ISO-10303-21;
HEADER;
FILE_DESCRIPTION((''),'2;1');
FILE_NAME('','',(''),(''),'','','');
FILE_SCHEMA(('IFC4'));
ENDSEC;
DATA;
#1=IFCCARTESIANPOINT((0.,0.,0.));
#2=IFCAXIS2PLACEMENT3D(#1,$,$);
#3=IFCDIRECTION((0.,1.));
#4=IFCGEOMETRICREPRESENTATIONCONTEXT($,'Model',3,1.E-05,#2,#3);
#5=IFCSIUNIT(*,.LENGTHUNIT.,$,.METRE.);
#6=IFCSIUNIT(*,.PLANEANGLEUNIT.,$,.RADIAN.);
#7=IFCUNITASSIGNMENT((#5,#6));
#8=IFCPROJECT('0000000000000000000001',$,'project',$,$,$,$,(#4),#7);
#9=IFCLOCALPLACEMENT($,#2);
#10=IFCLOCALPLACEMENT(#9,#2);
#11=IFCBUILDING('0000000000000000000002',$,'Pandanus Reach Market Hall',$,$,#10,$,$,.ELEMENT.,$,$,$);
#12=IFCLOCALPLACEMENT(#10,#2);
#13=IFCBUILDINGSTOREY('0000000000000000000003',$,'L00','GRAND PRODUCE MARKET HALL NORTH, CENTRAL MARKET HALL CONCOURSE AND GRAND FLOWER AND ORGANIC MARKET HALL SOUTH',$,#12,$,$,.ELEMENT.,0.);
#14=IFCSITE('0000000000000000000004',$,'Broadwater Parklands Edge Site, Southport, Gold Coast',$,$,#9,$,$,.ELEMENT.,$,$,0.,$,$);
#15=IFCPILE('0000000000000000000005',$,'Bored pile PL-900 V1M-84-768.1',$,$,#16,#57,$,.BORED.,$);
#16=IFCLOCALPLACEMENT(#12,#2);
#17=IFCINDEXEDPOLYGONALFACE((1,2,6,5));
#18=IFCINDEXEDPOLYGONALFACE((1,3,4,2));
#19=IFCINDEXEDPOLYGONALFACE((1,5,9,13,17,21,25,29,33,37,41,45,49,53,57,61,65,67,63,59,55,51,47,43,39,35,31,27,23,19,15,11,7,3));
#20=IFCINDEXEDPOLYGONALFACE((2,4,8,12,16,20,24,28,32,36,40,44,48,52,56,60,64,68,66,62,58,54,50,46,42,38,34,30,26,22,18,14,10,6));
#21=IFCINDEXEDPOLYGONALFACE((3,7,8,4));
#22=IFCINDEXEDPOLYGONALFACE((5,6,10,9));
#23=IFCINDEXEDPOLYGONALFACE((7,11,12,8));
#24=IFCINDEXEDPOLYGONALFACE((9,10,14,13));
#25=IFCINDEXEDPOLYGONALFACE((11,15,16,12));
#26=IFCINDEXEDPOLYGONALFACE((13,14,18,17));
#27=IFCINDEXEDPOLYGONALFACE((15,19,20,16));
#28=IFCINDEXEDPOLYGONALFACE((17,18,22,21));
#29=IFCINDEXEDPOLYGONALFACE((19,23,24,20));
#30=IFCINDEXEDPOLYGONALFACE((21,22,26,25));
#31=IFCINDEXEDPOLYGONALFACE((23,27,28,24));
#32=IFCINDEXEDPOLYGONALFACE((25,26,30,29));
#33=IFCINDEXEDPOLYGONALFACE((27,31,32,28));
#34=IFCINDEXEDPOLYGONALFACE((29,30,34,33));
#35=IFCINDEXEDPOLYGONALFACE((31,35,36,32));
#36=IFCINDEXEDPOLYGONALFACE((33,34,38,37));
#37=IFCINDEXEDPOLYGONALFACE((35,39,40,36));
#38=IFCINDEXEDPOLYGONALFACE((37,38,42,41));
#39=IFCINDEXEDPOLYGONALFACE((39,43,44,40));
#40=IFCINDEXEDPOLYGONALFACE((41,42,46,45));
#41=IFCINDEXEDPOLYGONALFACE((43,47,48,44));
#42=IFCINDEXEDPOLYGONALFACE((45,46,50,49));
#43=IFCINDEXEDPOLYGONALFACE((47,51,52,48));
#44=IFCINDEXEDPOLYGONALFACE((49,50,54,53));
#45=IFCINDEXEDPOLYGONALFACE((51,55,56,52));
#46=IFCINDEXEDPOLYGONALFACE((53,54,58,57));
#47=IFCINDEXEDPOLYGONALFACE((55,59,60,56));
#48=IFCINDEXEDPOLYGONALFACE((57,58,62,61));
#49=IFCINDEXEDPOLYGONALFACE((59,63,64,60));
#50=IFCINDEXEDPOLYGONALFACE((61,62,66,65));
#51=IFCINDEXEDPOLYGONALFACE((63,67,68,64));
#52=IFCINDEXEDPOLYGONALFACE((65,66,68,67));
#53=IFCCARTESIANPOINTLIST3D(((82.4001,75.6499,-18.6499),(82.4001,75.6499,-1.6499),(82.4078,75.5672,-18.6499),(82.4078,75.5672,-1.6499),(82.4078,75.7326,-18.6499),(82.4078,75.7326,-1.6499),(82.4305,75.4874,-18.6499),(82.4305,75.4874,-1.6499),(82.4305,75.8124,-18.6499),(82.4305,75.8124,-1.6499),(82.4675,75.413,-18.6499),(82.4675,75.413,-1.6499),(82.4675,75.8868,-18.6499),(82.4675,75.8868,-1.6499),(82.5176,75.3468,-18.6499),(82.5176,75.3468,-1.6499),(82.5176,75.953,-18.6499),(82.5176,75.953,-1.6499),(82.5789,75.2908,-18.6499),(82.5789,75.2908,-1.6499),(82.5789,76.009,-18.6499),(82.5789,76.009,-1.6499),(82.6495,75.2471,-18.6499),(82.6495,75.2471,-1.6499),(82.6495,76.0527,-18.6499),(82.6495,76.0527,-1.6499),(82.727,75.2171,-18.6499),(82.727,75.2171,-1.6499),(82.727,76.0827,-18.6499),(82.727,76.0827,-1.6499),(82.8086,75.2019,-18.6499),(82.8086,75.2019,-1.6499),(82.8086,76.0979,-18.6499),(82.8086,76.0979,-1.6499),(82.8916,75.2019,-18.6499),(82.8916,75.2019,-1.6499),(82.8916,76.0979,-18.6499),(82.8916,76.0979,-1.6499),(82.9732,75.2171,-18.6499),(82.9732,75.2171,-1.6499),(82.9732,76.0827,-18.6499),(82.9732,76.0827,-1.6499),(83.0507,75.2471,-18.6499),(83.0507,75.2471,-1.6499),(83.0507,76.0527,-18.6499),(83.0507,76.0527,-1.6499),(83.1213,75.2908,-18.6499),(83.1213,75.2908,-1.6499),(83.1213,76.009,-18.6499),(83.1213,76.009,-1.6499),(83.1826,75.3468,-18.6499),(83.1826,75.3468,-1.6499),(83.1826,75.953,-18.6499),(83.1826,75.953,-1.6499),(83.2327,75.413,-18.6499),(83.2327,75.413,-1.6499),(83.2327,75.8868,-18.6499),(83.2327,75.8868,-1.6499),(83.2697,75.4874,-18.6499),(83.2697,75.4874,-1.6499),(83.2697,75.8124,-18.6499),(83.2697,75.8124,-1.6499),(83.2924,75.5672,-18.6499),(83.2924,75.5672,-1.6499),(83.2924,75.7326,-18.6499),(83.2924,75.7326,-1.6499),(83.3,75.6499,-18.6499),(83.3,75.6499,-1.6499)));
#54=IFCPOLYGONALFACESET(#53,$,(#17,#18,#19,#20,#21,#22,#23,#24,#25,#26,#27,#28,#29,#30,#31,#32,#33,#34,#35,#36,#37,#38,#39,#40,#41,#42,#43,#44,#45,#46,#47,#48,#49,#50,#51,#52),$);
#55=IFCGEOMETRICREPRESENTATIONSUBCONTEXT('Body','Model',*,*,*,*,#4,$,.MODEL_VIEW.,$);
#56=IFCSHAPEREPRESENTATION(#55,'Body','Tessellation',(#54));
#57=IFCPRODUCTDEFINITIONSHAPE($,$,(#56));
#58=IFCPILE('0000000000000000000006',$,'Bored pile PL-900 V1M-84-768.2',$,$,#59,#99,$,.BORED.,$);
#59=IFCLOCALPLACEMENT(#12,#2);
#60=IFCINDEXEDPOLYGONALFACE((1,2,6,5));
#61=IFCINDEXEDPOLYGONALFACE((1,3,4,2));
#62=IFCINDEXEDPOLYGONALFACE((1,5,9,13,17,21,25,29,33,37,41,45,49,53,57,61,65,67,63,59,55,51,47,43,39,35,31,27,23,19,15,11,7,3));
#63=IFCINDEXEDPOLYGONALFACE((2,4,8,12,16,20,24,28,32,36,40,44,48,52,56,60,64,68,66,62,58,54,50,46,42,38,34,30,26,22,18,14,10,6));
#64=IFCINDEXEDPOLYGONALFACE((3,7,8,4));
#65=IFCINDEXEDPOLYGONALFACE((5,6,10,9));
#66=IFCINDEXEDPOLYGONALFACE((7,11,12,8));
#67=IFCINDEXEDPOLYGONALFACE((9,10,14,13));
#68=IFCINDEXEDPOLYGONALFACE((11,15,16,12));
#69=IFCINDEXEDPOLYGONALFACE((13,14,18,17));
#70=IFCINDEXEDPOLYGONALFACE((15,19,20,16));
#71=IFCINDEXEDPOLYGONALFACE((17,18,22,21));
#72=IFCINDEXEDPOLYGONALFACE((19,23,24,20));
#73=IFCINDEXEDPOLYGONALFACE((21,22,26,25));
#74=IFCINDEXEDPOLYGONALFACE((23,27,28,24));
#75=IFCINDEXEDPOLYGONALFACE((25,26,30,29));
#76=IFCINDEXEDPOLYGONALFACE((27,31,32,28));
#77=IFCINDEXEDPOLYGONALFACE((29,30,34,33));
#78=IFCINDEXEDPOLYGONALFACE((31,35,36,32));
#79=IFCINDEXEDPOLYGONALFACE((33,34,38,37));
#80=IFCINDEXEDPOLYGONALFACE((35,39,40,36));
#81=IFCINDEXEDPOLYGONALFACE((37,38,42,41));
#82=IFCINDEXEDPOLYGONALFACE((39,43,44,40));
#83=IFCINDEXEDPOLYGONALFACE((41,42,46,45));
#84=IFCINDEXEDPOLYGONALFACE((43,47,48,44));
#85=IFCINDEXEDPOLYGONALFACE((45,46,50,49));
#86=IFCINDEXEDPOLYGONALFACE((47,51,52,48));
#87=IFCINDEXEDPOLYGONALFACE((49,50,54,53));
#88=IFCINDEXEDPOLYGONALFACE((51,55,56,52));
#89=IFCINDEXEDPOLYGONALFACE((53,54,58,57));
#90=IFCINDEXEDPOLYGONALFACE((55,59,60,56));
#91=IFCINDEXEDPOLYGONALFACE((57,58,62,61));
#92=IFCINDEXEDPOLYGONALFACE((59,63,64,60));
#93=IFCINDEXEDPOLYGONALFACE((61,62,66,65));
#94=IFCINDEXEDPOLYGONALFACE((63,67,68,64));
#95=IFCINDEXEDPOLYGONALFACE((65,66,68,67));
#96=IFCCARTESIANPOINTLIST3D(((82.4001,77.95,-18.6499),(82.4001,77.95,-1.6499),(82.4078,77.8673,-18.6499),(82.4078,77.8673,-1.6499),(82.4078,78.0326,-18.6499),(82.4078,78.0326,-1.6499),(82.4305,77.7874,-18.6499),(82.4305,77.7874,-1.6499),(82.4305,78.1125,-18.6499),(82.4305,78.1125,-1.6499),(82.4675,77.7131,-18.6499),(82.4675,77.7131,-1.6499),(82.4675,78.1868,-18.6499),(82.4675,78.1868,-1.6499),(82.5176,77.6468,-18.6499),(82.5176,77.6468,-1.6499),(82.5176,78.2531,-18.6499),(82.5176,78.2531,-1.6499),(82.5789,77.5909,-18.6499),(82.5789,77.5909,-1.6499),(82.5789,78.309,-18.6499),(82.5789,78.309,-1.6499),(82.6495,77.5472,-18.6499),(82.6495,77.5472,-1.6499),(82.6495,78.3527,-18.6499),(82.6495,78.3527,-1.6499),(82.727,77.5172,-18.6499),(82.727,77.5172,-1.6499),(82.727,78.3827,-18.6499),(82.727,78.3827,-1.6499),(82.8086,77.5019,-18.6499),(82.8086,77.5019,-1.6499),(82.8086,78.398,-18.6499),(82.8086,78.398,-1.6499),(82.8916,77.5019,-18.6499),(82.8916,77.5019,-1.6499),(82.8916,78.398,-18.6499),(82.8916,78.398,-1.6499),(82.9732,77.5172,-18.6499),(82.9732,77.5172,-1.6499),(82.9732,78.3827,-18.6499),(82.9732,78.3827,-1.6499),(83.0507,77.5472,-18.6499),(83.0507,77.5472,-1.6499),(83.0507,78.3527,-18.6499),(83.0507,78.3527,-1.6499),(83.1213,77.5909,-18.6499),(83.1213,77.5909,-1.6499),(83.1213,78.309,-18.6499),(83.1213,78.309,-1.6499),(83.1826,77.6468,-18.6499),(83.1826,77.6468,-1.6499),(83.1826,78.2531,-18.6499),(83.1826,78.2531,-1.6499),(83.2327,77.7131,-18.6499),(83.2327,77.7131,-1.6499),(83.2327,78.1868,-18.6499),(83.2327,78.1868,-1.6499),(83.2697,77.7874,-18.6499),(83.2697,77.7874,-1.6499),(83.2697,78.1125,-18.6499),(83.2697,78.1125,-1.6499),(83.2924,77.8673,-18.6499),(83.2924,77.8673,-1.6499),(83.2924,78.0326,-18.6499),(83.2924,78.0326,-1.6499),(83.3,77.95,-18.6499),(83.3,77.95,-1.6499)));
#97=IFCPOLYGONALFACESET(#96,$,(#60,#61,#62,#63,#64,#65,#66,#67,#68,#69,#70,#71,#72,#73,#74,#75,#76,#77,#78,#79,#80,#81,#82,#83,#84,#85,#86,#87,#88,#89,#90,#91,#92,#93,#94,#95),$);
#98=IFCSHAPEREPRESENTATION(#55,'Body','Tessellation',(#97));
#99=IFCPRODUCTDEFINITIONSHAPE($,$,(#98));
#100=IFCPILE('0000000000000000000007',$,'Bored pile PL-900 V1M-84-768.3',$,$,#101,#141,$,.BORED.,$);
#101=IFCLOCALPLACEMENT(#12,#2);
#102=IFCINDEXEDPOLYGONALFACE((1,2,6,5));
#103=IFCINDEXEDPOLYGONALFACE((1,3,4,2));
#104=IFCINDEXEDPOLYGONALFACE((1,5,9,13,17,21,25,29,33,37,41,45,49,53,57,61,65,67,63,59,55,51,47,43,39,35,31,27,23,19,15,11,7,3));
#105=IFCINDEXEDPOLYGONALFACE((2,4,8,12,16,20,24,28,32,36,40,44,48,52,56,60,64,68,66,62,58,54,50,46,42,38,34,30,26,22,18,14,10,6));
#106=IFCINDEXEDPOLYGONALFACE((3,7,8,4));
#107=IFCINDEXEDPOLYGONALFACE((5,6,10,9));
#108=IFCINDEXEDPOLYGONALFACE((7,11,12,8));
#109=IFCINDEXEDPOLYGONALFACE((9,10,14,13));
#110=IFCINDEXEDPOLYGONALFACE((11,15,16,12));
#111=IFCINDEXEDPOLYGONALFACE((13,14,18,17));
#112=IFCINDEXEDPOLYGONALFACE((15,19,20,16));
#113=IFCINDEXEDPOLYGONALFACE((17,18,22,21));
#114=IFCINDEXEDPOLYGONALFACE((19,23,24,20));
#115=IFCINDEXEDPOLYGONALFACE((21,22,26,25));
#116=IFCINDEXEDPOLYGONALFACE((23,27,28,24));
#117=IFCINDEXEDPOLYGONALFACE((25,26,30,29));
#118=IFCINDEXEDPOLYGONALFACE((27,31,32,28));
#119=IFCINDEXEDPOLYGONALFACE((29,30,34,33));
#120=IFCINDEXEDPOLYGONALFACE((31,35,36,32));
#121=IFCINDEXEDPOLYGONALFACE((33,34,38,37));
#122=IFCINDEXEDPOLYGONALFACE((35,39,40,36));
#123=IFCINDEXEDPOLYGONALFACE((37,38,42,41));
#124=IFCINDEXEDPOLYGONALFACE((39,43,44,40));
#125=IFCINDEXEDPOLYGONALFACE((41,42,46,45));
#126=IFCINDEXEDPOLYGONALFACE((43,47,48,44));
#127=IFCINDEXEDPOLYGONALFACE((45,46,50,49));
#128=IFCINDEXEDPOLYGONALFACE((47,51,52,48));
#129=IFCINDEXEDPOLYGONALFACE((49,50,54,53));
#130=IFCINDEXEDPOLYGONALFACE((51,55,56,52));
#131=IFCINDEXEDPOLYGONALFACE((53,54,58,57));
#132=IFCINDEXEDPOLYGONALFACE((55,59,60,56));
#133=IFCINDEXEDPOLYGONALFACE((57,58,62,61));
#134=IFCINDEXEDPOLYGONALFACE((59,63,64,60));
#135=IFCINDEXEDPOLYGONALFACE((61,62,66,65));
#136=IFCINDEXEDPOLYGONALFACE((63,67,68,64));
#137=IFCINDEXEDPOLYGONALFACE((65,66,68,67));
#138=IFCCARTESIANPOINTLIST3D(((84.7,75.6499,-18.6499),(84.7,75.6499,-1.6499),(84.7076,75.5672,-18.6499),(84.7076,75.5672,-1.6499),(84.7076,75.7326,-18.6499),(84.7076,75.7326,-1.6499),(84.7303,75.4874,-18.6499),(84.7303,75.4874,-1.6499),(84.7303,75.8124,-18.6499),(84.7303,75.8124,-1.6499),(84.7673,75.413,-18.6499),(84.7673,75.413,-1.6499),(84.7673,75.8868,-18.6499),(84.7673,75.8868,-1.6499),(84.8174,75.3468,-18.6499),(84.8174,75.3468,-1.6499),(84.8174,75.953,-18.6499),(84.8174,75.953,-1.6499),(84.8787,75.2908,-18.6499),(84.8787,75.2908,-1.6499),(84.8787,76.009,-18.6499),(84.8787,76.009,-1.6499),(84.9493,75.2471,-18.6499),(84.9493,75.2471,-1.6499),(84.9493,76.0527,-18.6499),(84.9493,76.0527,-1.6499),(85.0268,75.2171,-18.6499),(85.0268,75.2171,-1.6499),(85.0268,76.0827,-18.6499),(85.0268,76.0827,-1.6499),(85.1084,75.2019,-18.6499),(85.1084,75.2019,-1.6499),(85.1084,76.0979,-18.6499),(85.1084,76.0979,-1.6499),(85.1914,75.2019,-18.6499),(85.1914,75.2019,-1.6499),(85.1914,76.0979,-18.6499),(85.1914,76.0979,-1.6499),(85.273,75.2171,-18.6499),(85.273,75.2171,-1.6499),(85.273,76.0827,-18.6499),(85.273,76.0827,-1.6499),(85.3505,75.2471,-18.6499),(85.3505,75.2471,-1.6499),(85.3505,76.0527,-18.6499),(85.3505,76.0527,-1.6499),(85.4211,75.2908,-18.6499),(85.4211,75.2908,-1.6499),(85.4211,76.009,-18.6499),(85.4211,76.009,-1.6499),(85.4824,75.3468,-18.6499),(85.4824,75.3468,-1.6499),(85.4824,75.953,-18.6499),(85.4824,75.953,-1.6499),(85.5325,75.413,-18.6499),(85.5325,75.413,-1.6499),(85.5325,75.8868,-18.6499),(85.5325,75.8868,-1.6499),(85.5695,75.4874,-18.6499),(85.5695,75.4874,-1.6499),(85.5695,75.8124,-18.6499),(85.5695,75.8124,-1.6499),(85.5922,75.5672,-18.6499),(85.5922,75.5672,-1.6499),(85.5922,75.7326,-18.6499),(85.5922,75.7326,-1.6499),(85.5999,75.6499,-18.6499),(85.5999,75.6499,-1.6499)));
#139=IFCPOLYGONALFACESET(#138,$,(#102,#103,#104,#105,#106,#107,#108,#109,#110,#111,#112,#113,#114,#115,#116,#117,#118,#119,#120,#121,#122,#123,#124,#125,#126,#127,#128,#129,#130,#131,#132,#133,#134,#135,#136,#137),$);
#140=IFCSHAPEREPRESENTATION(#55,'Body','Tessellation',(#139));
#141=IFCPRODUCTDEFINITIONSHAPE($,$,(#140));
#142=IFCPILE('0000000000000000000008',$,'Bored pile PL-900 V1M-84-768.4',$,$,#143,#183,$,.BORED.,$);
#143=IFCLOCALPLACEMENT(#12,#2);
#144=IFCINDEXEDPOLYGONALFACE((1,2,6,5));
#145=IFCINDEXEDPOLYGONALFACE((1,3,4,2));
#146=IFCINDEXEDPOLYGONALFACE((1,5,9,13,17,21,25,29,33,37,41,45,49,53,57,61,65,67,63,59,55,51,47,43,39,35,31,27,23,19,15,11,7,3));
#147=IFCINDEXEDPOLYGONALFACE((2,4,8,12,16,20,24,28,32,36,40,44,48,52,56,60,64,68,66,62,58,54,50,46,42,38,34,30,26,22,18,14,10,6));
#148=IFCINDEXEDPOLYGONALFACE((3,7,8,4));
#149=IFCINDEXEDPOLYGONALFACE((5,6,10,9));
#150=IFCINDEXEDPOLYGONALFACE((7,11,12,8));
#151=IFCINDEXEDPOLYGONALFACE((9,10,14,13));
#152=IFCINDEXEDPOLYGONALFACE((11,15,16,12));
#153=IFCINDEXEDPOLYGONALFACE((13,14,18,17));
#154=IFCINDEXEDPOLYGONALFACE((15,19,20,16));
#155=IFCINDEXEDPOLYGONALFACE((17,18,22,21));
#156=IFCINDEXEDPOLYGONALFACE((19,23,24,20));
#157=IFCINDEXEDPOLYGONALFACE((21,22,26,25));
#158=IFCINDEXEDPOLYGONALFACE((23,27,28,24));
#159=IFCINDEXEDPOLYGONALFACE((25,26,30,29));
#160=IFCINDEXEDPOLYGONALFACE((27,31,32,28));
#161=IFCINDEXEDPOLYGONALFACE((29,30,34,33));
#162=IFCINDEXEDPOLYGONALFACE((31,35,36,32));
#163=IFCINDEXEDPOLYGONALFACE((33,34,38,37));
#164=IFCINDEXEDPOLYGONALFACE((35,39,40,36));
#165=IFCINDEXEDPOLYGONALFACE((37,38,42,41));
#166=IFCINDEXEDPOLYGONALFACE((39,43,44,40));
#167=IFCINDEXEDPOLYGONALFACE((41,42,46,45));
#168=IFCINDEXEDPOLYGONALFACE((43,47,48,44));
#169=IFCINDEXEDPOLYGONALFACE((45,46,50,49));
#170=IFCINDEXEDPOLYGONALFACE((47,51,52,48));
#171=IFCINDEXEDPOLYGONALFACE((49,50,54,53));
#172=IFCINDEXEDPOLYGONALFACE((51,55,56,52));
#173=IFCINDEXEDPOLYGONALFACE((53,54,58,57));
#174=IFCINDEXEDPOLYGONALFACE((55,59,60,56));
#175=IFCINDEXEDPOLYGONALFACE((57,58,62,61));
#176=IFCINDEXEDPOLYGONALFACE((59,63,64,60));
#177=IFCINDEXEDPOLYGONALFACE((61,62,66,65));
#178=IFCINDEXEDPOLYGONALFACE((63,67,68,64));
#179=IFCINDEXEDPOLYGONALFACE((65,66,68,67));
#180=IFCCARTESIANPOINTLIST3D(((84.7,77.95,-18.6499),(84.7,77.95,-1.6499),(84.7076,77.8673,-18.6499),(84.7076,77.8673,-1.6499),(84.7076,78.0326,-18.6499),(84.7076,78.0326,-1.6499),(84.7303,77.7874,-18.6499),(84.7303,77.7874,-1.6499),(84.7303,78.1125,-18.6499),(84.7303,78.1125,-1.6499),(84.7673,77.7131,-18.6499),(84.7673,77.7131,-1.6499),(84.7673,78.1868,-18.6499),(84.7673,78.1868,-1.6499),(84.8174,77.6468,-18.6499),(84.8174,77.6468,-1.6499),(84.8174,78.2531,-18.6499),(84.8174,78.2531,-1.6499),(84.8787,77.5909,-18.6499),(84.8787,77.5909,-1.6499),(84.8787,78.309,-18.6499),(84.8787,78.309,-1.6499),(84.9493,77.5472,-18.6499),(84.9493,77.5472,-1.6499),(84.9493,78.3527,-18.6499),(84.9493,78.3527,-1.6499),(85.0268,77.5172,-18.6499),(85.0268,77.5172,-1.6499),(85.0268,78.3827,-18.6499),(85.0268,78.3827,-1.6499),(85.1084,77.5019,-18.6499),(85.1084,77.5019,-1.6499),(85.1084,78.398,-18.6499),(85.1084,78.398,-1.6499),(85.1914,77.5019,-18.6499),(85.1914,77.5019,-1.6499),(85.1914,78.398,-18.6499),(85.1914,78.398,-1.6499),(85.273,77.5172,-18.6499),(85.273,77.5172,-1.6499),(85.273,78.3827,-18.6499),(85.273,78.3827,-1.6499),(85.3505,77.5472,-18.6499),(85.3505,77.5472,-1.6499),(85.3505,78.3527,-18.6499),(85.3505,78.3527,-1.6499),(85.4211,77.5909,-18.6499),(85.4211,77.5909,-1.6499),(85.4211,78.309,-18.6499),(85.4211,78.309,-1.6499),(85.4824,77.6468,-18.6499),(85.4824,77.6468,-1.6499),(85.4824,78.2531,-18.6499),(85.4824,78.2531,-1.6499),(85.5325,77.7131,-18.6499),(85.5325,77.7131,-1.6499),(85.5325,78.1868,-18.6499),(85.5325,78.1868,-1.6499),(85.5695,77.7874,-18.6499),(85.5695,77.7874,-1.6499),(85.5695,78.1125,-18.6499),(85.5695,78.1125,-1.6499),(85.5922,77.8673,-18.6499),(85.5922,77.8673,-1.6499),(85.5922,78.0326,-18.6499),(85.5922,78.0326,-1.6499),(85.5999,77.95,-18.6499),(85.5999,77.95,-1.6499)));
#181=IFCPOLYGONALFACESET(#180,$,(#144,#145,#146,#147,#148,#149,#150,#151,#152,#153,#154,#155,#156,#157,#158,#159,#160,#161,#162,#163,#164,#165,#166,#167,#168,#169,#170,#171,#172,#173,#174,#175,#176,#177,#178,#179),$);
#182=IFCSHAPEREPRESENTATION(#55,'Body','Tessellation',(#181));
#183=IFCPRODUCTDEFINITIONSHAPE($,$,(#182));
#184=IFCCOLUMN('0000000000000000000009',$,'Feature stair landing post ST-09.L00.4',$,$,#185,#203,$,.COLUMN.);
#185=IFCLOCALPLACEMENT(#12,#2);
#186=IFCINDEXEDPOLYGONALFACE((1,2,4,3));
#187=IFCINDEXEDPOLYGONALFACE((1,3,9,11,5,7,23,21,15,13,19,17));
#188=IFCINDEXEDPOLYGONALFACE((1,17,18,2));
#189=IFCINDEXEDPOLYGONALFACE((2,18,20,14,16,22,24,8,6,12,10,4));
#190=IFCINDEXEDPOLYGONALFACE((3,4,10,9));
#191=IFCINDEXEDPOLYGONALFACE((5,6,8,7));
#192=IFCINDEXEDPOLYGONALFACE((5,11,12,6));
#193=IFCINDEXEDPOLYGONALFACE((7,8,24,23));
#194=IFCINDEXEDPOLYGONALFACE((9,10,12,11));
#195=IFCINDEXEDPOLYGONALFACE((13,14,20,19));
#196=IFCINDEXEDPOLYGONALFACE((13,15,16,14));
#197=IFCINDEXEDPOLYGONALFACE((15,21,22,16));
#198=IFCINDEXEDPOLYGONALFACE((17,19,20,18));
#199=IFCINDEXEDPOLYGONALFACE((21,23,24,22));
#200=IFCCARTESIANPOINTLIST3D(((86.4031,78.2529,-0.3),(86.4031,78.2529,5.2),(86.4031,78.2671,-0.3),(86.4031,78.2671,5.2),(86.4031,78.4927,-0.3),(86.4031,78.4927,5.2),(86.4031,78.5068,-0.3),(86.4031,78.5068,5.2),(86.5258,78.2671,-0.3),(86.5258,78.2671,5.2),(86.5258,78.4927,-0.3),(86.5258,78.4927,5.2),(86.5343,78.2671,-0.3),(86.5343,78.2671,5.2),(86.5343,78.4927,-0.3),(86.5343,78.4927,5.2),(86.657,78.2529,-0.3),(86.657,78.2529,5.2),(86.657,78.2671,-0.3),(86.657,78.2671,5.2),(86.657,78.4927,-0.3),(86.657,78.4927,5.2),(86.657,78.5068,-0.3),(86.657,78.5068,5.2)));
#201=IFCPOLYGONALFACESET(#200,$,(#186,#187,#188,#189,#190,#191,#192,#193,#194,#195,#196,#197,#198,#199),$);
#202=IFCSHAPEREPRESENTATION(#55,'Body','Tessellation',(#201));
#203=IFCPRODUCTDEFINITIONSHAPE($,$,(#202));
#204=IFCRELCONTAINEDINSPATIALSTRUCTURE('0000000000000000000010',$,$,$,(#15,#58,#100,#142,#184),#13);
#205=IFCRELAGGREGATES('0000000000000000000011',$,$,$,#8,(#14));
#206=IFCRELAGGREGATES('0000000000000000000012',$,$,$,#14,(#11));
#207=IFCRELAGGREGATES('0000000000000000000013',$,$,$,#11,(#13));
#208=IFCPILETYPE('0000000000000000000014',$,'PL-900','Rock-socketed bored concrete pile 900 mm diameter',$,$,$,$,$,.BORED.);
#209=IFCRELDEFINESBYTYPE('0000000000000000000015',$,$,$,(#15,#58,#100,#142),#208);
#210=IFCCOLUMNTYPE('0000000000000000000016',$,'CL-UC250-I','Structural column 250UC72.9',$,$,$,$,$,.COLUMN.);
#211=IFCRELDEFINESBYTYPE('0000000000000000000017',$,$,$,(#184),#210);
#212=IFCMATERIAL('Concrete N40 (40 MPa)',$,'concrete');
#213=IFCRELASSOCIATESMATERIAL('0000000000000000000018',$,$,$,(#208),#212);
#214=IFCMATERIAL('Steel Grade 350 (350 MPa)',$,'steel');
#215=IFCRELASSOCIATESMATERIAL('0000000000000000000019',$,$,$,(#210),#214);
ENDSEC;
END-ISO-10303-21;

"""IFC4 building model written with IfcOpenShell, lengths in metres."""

from ifc_helpers import new_model, si_unit, direction, frame, origin, origin_2d, place, context, subcontext, project, spatial, circle, i_section, extrude, material, material_profile, profile_set, type_object, element, save


model = new_model("IFC4")

# Units and contexts
model_context = context("Model", 3, precision=1e-05, world=origin(), true_north=direction((0.0, 1.0)))
body_context = subcontext(model_context, "Body", "Model", "MODEL_VIEW")
ifc_project = project(units=[si_unit("LENGTHUNIT", "METRE"), si_unit("PLANEANGLEUNIT", "RADIAN")], contexts=[model_context])

# Site, building, storey
site_placement = place(None, origin())
site = spatial("IfcSite", under=ifc_project, at=site_placement, Name="Broadwater Parklands Edge Site, Southport, Gold Coast", CompositionType="ELEMENT", RefElevation=0.0)
building_placement = place(site_placement, origin())
building = spatial("IfcBuilding", under=site, at=building_placement, Name="Pandanus Reach Market Hall", CompositionType="ELEMENT")
storey_placement = place(building_placement, origin())
storey = spatial("IfcBuildingStorey", under=building, at=storey_placement, Name="L00", Description="GRAND PRODUCE MARKET HALL NORTH, CENTRAL MARKET HALL CONCOURSE AND GRAND FLOWER AND ORGANIC MARKET HALL SOUTH", CompositionType="ELEMENT", Elevation=0.0)

# Shared definitions
ifc_material_1 = material(Name="Concrete N40 (40 MPa)", Category="concrete")

# Piles
ifc_material_profile_1 = material_profile(ifc_material_1, circle(Radius=0.45, at=origin_2d()), Name="PILE-900D", Category="LoadBearing")
ifc_profile_set_1 = profile_set([ifc_material_profile_1], Name="Concrete N40 (40 MPa)")
pile_type_1 = type_object("IfcPileType", Name="PL-900", Description="Rock-socketed bored concrete pile 900 mm diameter", PredefinedType="BORED", material=ifc_profile_set_1)
for number, where, z_axis, x_axis, name in (
    (1, (82.8501, 75.6499, -1.6499), (0.0, 0.0, -1.0), (1.0, 0.0, 0.0), "Bored pile PL-900 V1M-84-768.1"),
    (2, (82.8501, 77.95, -1.6499), (0.0, 0.0, -1.0), (1.0, 0.0, 0.0), "Bored pile PL-900 V1M-84-768.2"),
    (3, (85.1499, 75.6499, -1.6499), (0.0, 0.0, -1.0), (1.0, 0.0, 0.0), "Bored pile PL-900 V1M-84-768.3"),
    (4, (85.1499, 77.95, -1.6499), (0.0, 0.0, -1.0), (1.0, 0.0, 0.0), "Bored pile PL-900 V1M-84-768.4"),
):
    element("IfcPile", number, at=place(storey_placement, frame(where, z_axis=z_axis, x_axis=x_axis)), inside=storey, type_object=pile_type_1, Name=name, PredefinedType="BORED", context=body_context, shape_type="SweptSolid", body=[
        extrude(circle(Radius=0.45, at=origin_2d()), origin(), (0.0, 0.0, 1.0), 17.0),
    ])

# Column
ifc_material_2 = material(Name="Steel Grade 350 (350 MPa)", Category="steel")
ifc_material_profile_2 = material_profile(ifc_material_2, i_section(OverallWidth=0.2539, OverallDepth=0.2539, WebThickness=0.0085, FlangeThickness=0.0142, at=origin_2d()), Name="250UC72.9", Category="LoadBearing")
ifc_profile_set_2 = profile_set([ifc_material_profile_2], Name="Steel Grade 350 (350 MPa)")
column_type_1 = type_object("IfcColumnType", Name="CL-UC250-I", Description="Structural column 250UC72.9", PredefinedType="COLUMN", material=ifc_profile_set_2)
for number, where, z_axis, x_axis, name in (
    (5, (86.53, 78.3799, -0.3), (0.0, 0.0, 1.0), (1.0, 0.0, 0.0), "Feature stair landing post ST-09.L00.4"),
):
    element("IfcColumn", number, at=place(storey_placement, frame(where, z_axis=z_axis, x_axis=x_axis)), inside=storey, type_object=column_type_1, Name=name, PredefinedType="COLUMN", context=body_context, shape_type="SweptSolid", body=[
        extrude(i_section(OverallWidth=0.2539, OverallDepth=0.2539, WebThickness=0.0085, FlangeThickness=0.0142, at=origin_2d()), origin(), (0.0, 0.0, 1.0), 5.5),
    ])

save(model, "model.ifc")
